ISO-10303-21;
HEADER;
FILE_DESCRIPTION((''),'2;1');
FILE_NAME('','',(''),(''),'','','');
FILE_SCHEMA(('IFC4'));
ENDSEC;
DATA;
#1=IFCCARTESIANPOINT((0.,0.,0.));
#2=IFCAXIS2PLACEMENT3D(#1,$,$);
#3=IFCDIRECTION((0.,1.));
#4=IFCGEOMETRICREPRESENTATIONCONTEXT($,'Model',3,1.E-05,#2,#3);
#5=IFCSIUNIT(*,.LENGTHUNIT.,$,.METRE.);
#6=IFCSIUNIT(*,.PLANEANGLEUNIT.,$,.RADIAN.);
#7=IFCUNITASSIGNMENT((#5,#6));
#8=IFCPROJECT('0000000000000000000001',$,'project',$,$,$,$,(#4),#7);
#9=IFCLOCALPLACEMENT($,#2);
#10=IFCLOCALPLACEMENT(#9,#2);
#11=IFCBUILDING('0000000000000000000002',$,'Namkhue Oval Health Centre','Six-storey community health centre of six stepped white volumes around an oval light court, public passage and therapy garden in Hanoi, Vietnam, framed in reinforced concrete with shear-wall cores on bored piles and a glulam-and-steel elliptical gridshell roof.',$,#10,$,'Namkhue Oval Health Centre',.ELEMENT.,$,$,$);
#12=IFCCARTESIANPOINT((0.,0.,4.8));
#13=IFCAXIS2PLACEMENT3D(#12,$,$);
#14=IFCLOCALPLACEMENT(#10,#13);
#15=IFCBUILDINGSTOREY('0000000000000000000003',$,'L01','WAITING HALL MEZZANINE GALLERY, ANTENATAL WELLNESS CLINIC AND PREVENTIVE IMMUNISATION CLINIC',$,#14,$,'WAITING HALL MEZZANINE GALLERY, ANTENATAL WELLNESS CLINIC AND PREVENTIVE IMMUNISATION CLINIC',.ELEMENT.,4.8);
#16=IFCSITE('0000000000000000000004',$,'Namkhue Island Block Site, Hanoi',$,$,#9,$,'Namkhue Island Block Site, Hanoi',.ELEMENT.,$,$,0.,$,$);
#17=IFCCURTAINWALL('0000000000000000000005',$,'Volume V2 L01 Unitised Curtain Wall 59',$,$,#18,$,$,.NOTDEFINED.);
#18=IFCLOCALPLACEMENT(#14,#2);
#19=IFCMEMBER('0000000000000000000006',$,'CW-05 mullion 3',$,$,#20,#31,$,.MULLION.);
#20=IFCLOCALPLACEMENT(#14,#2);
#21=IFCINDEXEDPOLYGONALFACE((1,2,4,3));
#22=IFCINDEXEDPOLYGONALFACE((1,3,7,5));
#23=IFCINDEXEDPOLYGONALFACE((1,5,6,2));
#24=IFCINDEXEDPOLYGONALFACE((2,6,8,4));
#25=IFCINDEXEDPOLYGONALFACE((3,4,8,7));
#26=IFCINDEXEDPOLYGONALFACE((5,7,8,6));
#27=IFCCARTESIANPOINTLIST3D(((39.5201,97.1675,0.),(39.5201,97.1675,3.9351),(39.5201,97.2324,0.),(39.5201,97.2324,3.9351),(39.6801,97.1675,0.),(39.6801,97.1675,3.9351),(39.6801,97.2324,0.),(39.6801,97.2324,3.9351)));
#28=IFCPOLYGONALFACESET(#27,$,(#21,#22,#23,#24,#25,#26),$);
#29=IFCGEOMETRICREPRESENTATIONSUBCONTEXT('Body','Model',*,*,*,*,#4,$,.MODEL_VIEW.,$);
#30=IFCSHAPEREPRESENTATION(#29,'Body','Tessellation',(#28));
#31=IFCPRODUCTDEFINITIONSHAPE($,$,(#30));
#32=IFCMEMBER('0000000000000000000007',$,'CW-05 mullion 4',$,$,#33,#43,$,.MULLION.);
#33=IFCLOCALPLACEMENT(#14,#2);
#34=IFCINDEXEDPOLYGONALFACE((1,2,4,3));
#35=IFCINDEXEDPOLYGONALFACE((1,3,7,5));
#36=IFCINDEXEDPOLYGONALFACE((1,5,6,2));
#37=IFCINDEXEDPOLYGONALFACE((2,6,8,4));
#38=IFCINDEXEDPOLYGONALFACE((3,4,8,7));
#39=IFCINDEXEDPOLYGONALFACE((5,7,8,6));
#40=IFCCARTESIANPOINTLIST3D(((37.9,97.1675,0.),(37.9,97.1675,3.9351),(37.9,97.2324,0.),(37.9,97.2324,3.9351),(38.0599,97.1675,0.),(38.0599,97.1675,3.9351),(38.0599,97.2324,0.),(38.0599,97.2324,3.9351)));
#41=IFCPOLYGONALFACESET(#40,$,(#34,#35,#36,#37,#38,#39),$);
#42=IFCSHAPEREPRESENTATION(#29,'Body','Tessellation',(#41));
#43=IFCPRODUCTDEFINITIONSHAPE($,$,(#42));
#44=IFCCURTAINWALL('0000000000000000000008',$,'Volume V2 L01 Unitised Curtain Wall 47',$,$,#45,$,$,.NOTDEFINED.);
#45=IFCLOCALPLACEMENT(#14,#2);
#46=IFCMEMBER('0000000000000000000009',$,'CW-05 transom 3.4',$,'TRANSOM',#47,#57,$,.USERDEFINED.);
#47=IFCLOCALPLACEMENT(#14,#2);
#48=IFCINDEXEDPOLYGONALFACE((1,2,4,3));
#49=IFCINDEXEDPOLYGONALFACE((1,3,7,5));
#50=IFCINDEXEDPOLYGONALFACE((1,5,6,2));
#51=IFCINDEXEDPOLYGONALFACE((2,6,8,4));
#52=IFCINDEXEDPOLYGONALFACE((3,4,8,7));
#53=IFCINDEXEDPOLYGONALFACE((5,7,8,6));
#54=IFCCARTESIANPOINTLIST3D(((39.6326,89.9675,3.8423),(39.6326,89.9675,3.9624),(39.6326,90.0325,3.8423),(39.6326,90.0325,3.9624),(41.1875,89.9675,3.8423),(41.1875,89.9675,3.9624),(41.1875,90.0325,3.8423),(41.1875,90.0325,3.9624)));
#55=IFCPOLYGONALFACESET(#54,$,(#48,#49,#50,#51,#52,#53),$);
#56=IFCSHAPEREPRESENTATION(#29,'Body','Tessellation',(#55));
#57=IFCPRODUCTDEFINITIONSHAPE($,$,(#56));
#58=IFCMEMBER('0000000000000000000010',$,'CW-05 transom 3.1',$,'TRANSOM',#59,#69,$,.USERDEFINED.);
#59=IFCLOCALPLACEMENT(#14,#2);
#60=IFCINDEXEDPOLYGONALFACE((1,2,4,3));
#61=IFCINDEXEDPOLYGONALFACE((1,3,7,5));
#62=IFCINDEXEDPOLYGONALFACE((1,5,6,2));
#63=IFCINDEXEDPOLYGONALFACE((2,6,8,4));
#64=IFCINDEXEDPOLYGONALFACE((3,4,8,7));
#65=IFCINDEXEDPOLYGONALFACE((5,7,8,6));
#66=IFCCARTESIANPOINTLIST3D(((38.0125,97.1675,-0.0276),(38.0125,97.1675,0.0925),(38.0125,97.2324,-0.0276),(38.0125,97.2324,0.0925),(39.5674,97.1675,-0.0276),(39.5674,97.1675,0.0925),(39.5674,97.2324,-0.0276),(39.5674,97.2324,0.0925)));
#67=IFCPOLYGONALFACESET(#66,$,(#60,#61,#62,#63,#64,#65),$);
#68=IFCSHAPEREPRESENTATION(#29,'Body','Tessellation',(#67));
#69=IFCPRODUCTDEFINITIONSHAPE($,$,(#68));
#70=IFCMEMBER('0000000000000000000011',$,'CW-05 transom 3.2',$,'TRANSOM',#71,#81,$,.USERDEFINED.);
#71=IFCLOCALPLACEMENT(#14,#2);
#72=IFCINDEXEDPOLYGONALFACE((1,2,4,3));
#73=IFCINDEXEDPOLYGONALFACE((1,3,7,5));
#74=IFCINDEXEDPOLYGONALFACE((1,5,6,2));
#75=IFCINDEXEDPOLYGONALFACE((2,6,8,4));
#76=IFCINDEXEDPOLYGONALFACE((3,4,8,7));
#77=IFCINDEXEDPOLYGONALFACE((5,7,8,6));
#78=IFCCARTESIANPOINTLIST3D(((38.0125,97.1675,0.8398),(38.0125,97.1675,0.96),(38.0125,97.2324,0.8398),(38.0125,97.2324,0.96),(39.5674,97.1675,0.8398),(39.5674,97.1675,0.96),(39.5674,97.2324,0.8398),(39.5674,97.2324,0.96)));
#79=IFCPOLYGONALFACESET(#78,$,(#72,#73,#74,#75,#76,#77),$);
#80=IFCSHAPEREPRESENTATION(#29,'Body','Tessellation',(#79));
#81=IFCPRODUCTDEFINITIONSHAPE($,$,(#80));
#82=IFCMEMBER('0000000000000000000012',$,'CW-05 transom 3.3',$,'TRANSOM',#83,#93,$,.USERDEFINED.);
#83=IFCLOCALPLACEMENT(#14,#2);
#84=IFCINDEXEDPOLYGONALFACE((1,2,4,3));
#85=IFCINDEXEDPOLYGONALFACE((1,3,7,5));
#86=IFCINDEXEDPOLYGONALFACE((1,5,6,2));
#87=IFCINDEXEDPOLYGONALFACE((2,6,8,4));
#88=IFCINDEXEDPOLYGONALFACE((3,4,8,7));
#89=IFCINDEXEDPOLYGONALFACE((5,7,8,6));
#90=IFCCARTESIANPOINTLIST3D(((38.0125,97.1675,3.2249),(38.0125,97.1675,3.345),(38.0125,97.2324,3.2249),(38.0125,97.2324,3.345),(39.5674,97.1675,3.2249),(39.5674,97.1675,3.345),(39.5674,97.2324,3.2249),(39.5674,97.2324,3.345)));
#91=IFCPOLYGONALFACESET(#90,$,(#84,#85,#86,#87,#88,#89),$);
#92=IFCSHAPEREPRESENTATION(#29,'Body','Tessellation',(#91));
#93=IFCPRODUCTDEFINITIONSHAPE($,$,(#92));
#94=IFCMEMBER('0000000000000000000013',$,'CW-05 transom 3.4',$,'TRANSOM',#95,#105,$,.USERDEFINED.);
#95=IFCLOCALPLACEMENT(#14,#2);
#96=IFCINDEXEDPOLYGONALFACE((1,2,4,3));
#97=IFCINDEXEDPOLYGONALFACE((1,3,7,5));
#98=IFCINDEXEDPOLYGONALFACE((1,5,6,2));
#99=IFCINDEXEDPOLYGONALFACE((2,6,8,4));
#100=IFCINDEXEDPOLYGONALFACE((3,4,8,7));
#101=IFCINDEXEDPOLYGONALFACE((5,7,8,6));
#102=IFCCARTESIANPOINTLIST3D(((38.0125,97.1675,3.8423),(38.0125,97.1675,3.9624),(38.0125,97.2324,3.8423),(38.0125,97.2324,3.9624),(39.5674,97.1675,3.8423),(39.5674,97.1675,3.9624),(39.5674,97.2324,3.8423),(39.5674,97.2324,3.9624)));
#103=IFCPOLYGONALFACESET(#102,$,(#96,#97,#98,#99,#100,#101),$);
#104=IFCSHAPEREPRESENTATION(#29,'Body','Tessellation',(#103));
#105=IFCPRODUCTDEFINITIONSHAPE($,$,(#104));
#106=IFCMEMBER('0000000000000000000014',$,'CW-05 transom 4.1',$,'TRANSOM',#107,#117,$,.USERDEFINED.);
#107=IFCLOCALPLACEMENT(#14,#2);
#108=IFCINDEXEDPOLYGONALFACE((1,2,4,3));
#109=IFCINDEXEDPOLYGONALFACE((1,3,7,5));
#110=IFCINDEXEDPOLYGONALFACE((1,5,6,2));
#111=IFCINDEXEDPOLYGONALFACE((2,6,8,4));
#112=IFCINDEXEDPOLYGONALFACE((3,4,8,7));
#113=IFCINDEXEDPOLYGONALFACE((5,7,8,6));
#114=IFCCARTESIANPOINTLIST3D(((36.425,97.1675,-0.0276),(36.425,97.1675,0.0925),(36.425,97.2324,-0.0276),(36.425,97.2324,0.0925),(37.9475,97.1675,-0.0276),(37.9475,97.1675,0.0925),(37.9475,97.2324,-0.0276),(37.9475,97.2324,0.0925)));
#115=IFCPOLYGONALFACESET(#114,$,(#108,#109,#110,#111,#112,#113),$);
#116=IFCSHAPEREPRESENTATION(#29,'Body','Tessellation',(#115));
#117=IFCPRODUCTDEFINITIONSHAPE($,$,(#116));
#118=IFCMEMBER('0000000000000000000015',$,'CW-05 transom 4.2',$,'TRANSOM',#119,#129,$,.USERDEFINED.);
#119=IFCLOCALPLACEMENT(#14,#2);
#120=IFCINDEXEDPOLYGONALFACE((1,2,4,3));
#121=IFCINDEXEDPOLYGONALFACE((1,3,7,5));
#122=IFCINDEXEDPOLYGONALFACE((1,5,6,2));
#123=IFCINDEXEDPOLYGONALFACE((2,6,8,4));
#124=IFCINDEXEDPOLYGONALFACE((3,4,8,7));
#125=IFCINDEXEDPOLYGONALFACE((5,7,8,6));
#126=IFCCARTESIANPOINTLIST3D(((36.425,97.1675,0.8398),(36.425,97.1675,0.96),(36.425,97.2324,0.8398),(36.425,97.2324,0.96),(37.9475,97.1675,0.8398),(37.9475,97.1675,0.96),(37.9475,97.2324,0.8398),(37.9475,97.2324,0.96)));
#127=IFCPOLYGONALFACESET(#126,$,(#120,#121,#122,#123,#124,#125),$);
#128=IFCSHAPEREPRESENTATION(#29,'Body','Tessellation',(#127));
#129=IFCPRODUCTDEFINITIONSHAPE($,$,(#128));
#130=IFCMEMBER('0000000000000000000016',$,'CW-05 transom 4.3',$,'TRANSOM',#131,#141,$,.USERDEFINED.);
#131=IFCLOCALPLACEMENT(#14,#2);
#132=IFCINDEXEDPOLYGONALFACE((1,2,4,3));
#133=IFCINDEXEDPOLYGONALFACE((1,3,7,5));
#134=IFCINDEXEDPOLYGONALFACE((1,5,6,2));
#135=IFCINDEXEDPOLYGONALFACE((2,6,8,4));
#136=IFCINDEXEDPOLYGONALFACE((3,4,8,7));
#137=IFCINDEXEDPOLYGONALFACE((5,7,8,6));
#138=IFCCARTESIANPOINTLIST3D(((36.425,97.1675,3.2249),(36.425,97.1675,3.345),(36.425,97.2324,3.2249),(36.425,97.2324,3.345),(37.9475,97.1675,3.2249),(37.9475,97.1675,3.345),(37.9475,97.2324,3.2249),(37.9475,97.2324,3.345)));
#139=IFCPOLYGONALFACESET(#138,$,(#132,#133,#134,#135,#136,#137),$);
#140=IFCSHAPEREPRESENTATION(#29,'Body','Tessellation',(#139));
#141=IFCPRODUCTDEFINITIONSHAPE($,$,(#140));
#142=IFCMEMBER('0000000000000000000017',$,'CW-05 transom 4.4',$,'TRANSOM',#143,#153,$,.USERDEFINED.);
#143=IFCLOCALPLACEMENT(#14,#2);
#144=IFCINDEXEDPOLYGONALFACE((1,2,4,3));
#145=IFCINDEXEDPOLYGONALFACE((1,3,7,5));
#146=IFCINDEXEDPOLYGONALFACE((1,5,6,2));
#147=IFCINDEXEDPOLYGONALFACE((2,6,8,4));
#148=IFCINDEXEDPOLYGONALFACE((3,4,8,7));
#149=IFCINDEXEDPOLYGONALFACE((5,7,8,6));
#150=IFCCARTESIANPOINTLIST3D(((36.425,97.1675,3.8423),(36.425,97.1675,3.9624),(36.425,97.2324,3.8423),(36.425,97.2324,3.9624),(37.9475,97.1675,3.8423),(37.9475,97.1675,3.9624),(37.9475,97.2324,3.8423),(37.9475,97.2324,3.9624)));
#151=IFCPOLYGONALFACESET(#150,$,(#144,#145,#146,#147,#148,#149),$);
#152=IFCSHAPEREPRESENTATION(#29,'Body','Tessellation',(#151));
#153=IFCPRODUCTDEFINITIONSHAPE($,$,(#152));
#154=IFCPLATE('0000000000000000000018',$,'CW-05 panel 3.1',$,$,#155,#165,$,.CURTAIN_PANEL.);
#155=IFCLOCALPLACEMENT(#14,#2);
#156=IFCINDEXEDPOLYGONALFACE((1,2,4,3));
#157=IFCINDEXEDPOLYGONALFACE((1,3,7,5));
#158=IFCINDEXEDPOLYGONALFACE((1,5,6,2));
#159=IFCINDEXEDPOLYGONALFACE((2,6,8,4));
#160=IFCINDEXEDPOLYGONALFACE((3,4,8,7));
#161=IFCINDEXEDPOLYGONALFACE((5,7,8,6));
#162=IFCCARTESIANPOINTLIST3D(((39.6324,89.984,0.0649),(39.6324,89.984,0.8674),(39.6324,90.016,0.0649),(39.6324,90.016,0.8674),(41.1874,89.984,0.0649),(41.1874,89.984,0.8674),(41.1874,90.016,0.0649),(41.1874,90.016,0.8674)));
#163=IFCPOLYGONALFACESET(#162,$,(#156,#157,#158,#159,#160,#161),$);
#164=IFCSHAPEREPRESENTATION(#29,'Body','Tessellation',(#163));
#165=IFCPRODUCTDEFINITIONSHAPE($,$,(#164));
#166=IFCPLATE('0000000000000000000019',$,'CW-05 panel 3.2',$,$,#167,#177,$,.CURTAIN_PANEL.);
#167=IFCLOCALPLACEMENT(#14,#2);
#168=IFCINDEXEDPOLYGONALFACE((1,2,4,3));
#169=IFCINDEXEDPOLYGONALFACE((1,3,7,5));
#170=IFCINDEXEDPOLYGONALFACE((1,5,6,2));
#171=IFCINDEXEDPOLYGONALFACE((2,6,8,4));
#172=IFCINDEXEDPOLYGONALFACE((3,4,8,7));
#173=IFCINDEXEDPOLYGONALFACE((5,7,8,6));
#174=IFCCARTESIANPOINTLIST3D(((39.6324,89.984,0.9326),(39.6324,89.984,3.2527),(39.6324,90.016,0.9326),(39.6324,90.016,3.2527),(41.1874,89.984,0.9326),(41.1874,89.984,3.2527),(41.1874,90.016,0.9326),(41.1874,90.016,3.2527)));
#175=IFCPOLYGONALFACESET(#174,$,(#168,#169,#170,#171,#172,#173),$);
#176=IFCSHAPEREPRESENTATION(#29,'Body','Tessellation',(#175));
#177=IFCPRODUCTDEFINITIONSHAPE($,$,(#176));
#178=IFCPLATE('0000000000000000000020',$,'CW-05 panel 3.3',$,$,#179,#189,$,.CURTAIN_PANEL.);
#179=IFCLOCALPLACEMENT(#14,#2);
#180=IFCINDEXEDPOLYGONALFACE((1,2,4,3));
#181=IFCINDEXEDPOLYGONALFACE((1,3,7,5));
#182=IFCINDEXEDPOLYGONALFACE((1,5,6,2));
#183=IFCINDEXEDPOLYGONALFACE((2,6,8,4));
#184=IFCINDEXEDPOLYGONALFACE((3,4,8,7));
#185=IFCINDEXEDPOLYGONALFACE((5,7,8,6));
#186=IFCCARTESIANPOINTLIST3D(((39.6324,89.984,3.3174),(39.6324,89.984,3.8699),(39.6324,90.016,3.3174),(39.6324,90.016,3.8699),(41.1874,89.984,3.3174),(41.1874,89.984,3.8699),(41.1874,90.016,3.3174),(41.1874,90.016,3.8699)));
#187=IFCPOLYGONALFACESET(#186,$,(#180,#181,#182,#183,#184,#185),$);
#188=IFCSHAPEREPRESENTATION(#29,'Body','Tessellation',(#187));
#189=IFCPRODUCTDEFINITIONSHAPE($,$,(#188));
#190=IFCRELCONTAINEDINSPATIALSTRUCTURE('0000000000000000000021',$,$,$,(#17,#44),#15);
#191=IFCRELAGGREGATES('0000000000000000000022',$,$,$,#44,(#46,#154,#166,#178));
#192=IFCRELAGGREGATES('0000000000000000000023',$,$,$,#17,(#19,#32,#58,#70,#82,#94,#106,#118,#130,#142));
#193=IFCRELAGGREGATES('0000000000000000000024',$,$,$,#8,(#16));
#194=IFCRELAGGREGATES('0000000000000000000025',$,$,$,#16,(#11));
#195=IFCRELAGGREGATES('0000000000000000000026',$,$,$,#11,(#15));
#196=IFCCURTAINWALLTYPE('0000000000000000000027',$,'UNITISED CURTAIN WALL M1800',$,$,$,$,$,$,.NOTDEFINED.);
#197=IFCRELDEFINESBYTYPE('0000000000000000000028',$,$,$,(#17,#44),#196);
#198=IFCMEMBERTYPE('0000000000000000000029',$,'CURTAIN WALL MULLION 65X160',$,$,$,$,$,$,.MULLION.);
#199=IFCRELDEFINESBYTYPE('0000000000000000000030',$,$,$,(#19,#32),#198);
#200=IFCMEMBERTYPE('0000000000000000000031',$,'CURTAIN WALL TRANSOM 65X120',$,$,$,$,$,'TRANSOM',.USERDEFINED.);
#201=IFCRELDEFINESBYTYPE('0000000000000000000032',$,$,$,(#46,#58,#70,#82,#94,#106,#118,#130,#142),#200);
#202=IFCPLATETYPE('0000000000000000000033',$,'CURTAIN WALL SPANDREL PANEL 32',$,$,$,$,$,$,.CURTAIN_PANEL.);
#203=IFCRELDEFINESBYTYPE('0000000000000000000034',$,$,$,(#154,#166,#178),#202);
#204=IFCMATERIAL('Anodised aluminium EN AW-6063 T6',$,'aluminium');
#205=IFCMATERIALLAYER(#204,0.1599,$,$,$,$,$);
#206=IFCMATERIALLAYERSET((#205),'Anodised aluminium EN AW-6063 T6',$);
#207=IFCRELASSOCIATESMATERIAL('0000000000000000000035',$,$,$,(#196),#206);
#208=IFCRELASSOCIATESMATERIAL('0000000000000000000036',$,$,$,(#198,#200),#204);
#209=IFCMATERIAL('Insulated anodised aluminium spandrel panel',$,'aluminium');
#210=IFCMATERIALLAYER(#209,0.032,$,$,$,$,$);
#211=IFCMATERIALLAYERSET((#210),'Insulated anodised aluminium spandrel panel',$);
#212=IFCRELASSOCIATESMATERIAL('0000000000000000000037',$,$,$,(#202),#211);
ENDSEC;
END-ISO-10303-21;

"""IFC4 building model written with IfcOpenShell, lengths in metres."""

from ifc_helpers import new_model, si_unit, direction, frame, origin, origin_2d, place, context, subcontext, project, spatial, rectangle, extrude, material, layer, layer_set, material_profile, profile_set, type_object, element, aggregate, save


model = new_model("IFC4")

# Units and contexts
model_context = context("Model", 3, precision=1e-05, world=origin(), true_north=direction((0.0, 1.0)))
body_context = subcontext(model_context, "Body", "Model", "MODEL_VIEW")
ifc_project = project(units=[si_unit("LENGTHUNIT", "METRE"), si_unit("PLANEANGLEUNIT", "RADIAN")], contexts=[model_context])

# Site, building, storey
site_placement = place(None, origin())
site = spatial("IfcSite", under=ifc_project, at=site_placement, Name="Namkhue Island Block Site, Hanoi", LongName="Namkhue Island Block Site, Hanoi", CompositionType="ELEMENT", RefElevation=0.0)
building_placement = place(site_placement, origin())
building = spatial("IfcBuilding", under=site, at=building_placement, Name="Namkhue Oval Health Centre", Description="Six-storey community health centre of six stepped white volumes around an oval light court, public passage and therapy garden in Hanoi, Vietnam, framed in reinforced concrete with shear-wall cores on bored piles and a glulam-and-steel elliptical gridshell roof.", LongName="Namkhue Oval Health Centre", CompositionType="ELEMENT")
storey_placement = place(building_placement, frame((0.0, 0.0, 4.8)))
storey = spatial("IfcBuildingStorey", under=building, at=storey_placement, Name="L01", Description="WAITING HALL MEZZANINE GALLERY, ANTENATAL WELLNESS CLINIC AND PREVENTIVE IMMUNISATION CLINIC", LongName="WAITING HALL MEZZANINE GALLERY, ANTENATAL WELLNESS CLINIC AND PREVENTIVE IMMUNISATION CLINIC", CompositionType="ELEMENT", Elevation=4.8)

# Curtain wall, members
ifc_material_1 = material(Name="Anodised aluminium EN AW-6063 T6", Category="aluminium")
ifc_layer_1 = layer(ifc_material_1, 0.1599)
ifc_layer_set_1 = layer_set([ifc_layer_1], Name="Anodised aluminium EN AW-6063 T6")
curtain_wall_type = type_object("IfcCurtainWallType", Name="UNITISED CURTAIN WALL M1800", PredefinedType="NOTDEFINED", material=ifc_layer_set_1)
curtain_wall_1_placement = place(storey_placement, origin())
curtain_wall_1 = element("IfcCurtainWall", 1, at=curtain_wall_1_placement, inside=storey, type_object=curtain_wall_type, Name="Volume V2 L01 Unitised Curtain Wall 59", PredefinedType="NOTDEFINED")
ifc_material_profile_1 = material_profile(ifc_material_1, rectangle(XDim=0.0649, YDim=0.1599, at=origin_2d()), Name="ALU 65x160")
ifc_profile_set_1 = profile_set([ifc_material_profile_1], Name="Anodised aluminium EN AW-6063 T6")
member_type_1 = type_object("IfcMemberType", Name="CURTAIN WALL MULLION 65X160", PredefinedType="MULLION", material=ifc_profile_set_1)
member_1_placement = place(storey_placement, frame((39.6001, 97.2, 0.0), z_axis=(0.0, 0.0, 1.0), x_axis=(0.0, -1.0, 0.0)))
member_1 = element("IfcMember", 2, at=member_1_placement, type_object=member_type_1, Name="CW-05 mullion 3", PredefinedType="MULLION", context=body_context, shape_type="SweptSolid", body=[
    extrude(rectangle(XDim=0.0649, YDim=0.1599, at=origin_2d()), origin(), (0.0, 0.0, 1.0), 3.9351),
])
member_2_placement = place(storey_placement, frame((37.98, 97.2, 0.0), z_axis=(0.0, 0.0, 1.0), x_axis=(0.0, -1.0, 0.0)))
member_2 = element("IfcMember", 3, at=member_2_placement, type_object=member_type_1, Name="CW-05 mullion 4", PredefinedType="MULLION", context=body_context, shape_type="SweptSolid", body=[
    extrude(rectangle(XDim=0.0649, YDim=0.1599, at=origin_2d()), origin(), (0.0, 0.0, 1.0), 3.9351),
])

# Curtain wall, member
curtain_wall_2_placement = place(storey_placement, origin())
curtain_wall_2 = element("IfcCurtainWall", 4, at=curtain_wall_2_placement, inside=storey, type_object=curtain_wall_type, Name="Volume V2 L01 Unitised Curtain Wall 47", PredefinedType="NOTDEFINED")
ifc_material_profile_2 = material_profile(ifc_material_1, rectangle(XDim=0.0649, YDim=0.1201, at=origin_2d()), Name="ALU 65x120")
ifc_profile_set_2 = profile_set([ifc_material_profile_2], Name="Anodised aluminium EN AW-6063 T6")
member_type_2 = type_object("IfcMemberType", Name="CURTAIN WALL TRANSOM 65X120", ElementType="TRANSOM", PredefinedType="USERDEFINED", material=ifc_profile_set_2)
member_3_placement = place(storey_placement, frame((39.6326, 90.0, 3.9023), z_axis=(1.0, 0.0, 0.0), x_axis=(0.0, 1.0, 0.0)))
member_3 = element("IfcMember", 5, at=member_3_placement, type_object=member_type_2, Name="CW-05 transom 3.4", ObjectType="TRANSOM", PredefinedType="USERDEFINED", context=body_context, shape_type="SweptSolid", body=[
    extrude(rectangle(XDim=0.0649, YDim=0.1201, at=origin_2d()), origin(), (0.0, 0.0, 1.0), 1.5549),
])

# Members
member_4_placement = place(storey_placement, frame((39.5674, 97.2, 0.0325), z_axis=(-1.0, 0.0, 0.0), x_axis=(0.0, -1.0, 0.0)))
member_4 = element("IfcMember", 6, at=member_4_placement, type_object=member_type_2, Name="CW-05 transom 3.1", ObjectType="TRANSOM", PredefinedType="USERDEFINED", context=body_context, shape_type="SweptSolid", body=[
    extrude(rectangle(XDim=0.0649, YDim=0.1201, at=origin_2d()), origin(), (0.0, 0.0, 1.0), 1.5549),
])
member_5_placement = place(storey_placement, frame((39.5674, 97.2, 0.8999), z_axis=(-1.0, 0.0, 0.0), x_axis=(0.0, -1.0, 0.0)))
member_5 = element("IfcMember", 7, at=member_5_placement, type_object=member_type_2, Name="CW-05 transom 3.2", ObjectType="TRANSOM", PredefinedType="USERDEFINED", context=body_context, shape_type="SweptSolid", body=[
    extrude(rectangle(XDim=0.0649, YDim=0.1201, at=origin_2d()), origin(), (0.0, 0.0, 1.0), 1.5549),
])
member_6_placement = place(storey_placement, frame((39.5674, 97.2, 3.2849), z_axis=(-1.0, 0.0, 0.0), x_axis=(0.0, -1.0, 0.0)))
member_6 = element("IfcMember", 8, at=member_6_placement, type_object=member_type_2, Name="CW-05 transom 3.3", ObjectType="TRANSOM", PredefinedType="USERDEFINED", context=body_context, shape_type="SweptSolid", body=[
    extrude(rectangle(XDim=0.0649, YDim=0.1201, at=origin_2d()), origin(), (0.0, 0.0, 1.0), 1.5549),
])
member_7_placement = place(storey_placement, frame((39.5674, 97.2, 3.9023), z_axis=(-1.0, 0.0, 0.0), x_axis=(0.0, -1.0, 0.0)))
member_7 = element("IfcMember", 9, at=member_7_placement, type_object=member_type_2, Name="CW-05 transom 3.4", ObjectType="TRANSOM", PredefinedType="USERDEFINED", context=body_context, shape_type="SweptSolid", body=[
    extrude(rectangle(XDim=0.0649, YDim=0.1201, at=origin_2d()), origin(), (0.0, 0.0, 1.0), 1.5549),
])
member_8_placement = place(storey_placement, frame((37.9475, 97.2, 0.0325), z_axis=(-1.0, 0.0, 0.0), x_axis=(0.0, -1.0, 0.0)))
member_8 = element("IfcMember", 10, at=member_8_placement, type_object=member_type_2, Name="CW-05 transom 4.1", ObjectType="TRANSOM", PredefinedType="USERDEFINED", context=body_context, shape_type="SweptSolid", body=[
    extrude(rectangle(XDim=0.0649, YDim=0.1201, at=origin_2d()), origin(), (0.0, 0.0, 1.0), 1.5225),
])
member_9_placement = place(storey_placement, frame((37.9475, 97.2, 0.8999), z_axis=(-1.0, 0.0, 0.0), x_axis=(0.0, -1.0, 0.0)))
member_9 = element("IfcMember", 11, at=member_9_placement, type_object=member_type_2, Name="CW-05 transom 4.2", ObjectType="TRANSOM", PredefinedType="USERDEFINED", context=body_context, shape_type="SweptSolid", body=[
    extrude(rectangle(XDim=0.0649, YDim=0.1201, at=origin_2d()), origin(), (0.0, 0.0, 1.0), 1.5225),
])
member_10_placement = place(storey_placement, frame((37.9475, 97.2, 3.2849), z_axis=(-1.0, 0.0, 0.0), x_axis=(0.0, -1.0, 0.0)))
member_10 = element("IfcMember", 12, at=member_10_placement, type_object=member_type_2, Name="CW-05 transom 4.3", ObjectType="TRANSOM", PredefinedType="USERDEFINED", context=body_context, shape_type="SweptSolid", body=[
    extrude(rectangle(XDim=0.0649, YDim=0.1201, at=origin_2d()), origin(), (0.0, 0.0, 1.0), 1.5225),
])
member_11_placement = place(storey_placement, frame((37.9475, 97.2, 3.9023), z_axis=(-1.0, 0.0, 0.0), x_axis=(0.0, -1.0, 0.0)))
member_11 = element("IfcMember", 13, at=member_11_placement, type_object=member_type_2, Name="CW-05 transom 4.4", ObjectType="TRANSOM", PredefinedType="USERDEFINED", context=body_context, shape_type="SweptSolid", body=[
    extrude(rectangle(XDim=0.0649, YDim=0.1201, at=origin_2d()), origin(), (0.0, 0.0, 1.0), 1.5225),
])

# Plates
ifc_material_2 = material(Name="Insulated anodised aluminium spandrel panel", Category="aluminium")
ifc_layer_2 = layer(ifc_material_2, 0.032)
ifc_layer_set_2 = layer_set([ifc_layer_2], Name="Insulated anodised aluminium spandrel panel")
plate_type = type_object("IfcPlateType", Name="CURTAIN WALL SPANDREL PANEL 32", PredefinedType="CURTAIN_PANEL", material=ifc_layer_set_2)
plate_1_placement = place(storey_placement, frame((40.4099, 90.0, 0.0649), z_axis=(0.0, 0.0, 1.0), x_axis=(1.0, 0.0, 0.0)))
plate_1 = element("IfcPlate", 14, at=plate_1_placement, type_object=plate_type, Name="CW-05 panel 3.1", PredefinedType="CURTAIN_PANEL", context=body_context, shape_type="SweptSolid", body=[
    extrude(rectangle(XDim=1.5549, YDim=0.032, at=origin_2d()), origin(), (0.0, 0.0, 1.0), 0.8025),
])
plate_2_placement = place(storey_placement, frame((40.4099, 90.0, 0.9326), z_axis=(0.0, 0.0, 1.0), x_axis=(1.0, 0.0, 0.0)))
plate_2 = element("IfcPlate", 15, at=plate_2_placement, type_object=plate_type, Name="CW-05 panel 3.2", PredefinedType="CURTAIN_PANEL", context=body_context, shape_type="SweptSolid", body=[
    extrude(rectangle(XDim=1.5549, YDim=0.032, at=origin_2d()), origin(), (0.0, 0.0, 1.0), 2.3201),
])
plate_3_placement = place(storey_placement, frame((40.4099, 90.0, 3.3174), z_axis=(0.0, 0.0, 1.0), x_axis=(1.0, 0.0, 0.0)))
plate_3 = element("IfcPlate", 16, at=plate_3_placement, type_object=plate_type, Name="CW-05 panel 3.3", PredefinedType="CURTAIN_PANEL", context=body_context, shape_type="SweptSolid", body=[
    extrude(rectangle(XDim=1.5549, YDim=0.032, at=origin_2d()), origin(), (0.0, 0.0, 1.0), 0.5525),
])
aggregate(curtain_wall_2, [member_3, plate_1, plate_2, plate_3])
aggregate(curtain_wall_1, [member_1, member_2, member_4, member_5, member_6, member_7, member_8, member_9, member_10, member_11])

save(model, "model.ifc")
